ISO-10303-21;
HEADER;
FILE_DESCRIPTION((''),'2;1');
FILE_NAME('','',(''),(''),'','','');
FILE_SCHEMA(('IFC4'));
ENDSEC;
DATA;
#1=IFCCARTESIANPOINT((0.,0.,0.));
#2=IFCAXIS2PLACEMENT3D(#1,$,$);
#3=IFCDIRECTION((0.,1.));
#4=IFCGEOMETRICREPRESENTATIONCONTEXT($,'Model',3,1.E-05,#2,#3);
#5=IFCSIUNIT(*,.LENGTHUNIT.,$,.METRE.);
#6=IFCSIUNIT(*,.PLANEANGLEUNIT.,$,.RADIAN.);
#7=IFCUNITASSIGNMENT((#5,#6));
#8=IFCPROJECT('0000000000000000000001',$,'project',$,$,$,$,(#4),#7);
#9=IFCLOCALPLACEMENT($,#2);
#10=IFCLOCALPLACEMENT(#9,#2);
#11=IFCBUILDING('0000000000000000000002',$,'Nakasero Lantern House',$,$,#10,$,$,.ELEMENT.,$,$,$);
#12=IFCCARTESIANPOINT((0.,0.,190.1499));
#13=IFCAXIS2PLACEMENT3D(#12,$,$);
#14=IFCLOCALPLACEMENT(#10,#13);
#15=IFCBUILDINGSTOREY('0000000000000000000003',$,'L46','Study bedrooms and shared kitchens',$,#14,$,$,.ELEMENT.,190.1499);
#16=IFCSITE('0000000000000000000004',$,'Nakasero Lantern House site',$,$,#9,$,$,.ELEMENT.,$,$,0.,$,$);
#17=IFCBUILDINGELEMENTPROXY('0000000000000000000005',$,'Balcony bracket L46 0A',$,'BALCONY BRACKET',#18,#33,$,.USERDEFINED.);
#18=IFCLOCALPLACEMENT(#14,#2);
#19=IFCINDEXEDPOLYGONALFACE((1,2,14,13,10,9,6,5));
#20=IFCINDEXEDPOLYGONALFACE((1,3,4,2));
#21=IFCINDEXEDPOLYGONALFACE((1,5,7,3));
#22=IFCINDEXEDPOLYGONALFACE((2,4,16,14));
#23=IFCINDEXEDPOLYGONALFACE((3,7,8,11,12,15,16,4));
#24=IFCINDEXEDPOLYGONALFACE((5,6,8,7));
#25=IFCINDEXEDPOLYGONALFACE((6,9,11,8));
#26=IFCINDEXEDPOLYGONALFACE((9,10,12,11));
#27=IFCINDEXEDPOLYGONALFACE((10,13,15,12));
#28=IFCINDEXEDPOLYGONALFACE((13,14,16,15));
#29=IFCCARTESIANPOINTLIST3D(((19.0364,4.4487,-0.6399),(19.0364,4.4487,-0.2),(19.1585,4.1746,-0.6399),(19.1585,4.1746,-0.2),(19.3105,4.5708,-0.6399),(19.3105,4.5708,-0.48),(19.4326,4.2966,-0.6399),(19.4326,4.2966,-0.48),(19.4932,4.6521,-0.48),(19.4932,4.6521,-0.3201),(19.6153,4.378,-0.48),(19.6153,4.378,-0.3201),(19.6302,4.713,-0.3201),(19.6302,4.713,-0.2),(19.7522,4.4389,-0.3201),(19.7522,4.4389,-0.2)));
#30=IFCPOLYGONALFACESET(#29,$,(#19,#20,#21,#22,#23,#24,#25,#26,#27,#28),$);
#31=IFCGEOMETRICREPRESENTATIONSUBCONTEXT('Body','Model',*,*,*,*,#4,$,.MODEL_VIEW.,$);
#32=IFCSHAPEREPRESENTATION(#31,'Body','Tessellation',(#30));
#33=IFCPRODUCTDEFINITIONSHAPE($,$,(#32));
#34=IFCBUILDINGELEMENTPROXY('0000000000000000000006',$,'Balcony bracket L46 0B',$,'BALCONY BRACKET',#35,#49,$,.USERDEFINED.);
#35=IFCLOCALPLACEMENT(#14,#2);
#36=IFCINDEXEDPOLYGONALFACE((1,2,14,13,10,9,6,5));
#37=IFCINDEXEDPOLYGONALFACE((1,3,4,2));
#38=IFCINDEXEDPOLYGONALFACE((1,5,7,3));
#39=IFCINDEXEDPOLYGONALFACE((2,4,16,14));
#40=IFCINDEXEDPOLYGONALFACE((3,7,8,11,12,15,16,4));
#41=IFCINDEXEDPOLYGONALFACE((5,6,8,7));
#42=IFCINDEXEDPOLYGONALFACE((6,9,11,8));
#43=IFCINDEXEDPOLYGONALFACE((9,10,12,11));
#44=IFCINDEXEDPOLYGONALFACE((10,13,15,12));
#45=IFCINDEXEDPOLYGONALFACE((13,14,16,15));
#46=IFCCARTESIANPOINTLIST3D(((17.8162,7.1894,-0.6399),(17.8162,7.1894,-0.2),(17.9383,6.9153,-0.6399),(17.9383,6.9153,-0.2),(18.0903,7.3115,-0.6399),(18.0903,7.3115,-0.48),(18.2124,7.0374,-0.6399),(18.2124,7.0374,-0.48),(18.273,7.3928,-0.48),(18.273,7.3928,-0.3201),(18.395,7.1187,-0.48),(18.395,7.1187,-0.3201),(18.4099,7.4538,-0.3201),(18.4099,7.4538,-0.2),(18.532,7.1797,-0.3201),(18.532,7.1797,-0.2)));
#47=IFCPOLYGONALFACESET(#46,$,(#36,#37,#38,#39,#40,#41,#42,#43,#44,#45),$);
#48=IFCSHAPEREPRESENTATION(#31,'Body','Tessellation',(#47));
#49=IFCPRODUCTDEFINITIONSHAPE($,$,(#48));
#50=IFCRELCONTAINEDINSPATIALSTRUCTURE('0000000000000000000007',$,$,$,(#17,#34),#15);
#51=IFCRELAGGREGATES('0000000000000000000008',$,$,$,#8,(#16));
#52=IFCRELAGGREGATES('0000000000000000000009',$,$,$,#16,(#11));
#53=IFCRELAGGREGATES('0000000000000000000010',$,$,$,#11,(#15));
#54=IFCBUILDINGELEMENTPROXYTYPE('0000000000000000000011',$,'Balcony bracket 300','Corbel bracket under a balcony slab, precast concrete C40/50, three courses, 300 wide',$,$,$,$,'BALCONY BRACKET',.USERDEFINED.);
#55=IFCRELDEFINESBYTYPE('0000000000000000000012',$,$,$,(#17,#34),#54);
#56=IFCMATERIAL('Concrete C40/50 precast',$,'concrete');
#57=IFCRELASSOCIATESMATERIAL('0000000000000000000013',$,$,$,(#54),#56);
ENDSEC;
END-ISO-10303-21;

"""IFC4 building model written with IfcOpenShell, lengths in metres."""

from ifc_helpers import new_model, si_unit, direction, frame, origin, place, context, subcontext, project, spatial, polyline, outline, extrude, material, type_object, element, save


model = new_model("IFC4")

# Units and contexts
model_context = context("Model", 3, precision=1e-05, world=origin(), true_north=direction((0.0, 1.0)))
body_context = subcontext(model_context, "Body", "Model", "MODEL_VIEW")
ifc_project = project(units=[si_unit("LENGTHUNIT", "METRE"), si_unit("PLANEANGLEUNIT", "RADIAN")], contexts=[model_context])

# Site, building, storey
site_placement = place(None, origin())
site = spatial("IfcSite", under=ifc_project, at=site_placement, Name="Nakasero Lantern House site", CompositionType="ELEMENT", RefElevation=0.0)
building_placement = place(site_placement, origin())
building = spatial("IfcBuilding", under=site, at=building_placement, Name="Nakasero Lantern House", CompositionType="ELEMENT")
storey_placement = place(building_placement, frame((0.0, 0.0, 190.1499)))
storey = spatial("IfcBuildingStorey", under=building, at=storey_placement, Name="L46", Description="Study bedrooms and shared kitchens", CompositionType="ELEMENT", Elevation=190.1499)

# Building element proxies
ifc_material_1 = material(Name="Concrete C40/50 precast", Category="concrete")
building_element_proxy_type = type_object("IfcBuildingElementProxyType", Name="Balcony bracket 300", Description="Corbel bracket under a balcony slab, precast concrete C40/50, three courses, 300 wide", ElementType="BALCONY BRACKET", PredefinedType="USERDEFINED", material=ifc_material_1)
for number, where, z_axis, x_axis, name in (
    (1, (19.0974, 4.3118, -0.2), (0.0, 0.0, 1.0), (0.913545, 0.406737, 0.0), "Balcony bracket L46 0A"),
    (2, (17.8772, 7.0525, -0.2), (0.0, 0.0, 1.0), (0.913545, 0.406737, 0.0), "Balcony bracket L46 0B"),
):
    element("IfcBuildingElementProxy", number, at=place(storey_placement, frame(where, z_axis=z_axis, x_axis=x_axis)), inside=storey, type_object=building_element_proxy_type, Name=name, ObjectType="BALCONY BRACKET", PredefinedType="USERDEFINED", context=body_context, shape_type="SweptSolid", body=[
        extrude(outline(polyline([(0.0, 0.0), (0.6499, 0.0), (0.6499, -0.1201), (0.5, -0.1201), (0.5, -0.28), (0.3, -0.28), (0.3, -0.4399), (0.0, -0.4399), (0.0, 0.0)])), frame((0.0, 0.1499, 0.0), z_axis=(0.0, -1.0, 0.0), x_axis=(1.0, 0.0, 0.0)), (0.0, 0.0, 1.0), 0.3),
    ])

save(model, "model.ifc")
